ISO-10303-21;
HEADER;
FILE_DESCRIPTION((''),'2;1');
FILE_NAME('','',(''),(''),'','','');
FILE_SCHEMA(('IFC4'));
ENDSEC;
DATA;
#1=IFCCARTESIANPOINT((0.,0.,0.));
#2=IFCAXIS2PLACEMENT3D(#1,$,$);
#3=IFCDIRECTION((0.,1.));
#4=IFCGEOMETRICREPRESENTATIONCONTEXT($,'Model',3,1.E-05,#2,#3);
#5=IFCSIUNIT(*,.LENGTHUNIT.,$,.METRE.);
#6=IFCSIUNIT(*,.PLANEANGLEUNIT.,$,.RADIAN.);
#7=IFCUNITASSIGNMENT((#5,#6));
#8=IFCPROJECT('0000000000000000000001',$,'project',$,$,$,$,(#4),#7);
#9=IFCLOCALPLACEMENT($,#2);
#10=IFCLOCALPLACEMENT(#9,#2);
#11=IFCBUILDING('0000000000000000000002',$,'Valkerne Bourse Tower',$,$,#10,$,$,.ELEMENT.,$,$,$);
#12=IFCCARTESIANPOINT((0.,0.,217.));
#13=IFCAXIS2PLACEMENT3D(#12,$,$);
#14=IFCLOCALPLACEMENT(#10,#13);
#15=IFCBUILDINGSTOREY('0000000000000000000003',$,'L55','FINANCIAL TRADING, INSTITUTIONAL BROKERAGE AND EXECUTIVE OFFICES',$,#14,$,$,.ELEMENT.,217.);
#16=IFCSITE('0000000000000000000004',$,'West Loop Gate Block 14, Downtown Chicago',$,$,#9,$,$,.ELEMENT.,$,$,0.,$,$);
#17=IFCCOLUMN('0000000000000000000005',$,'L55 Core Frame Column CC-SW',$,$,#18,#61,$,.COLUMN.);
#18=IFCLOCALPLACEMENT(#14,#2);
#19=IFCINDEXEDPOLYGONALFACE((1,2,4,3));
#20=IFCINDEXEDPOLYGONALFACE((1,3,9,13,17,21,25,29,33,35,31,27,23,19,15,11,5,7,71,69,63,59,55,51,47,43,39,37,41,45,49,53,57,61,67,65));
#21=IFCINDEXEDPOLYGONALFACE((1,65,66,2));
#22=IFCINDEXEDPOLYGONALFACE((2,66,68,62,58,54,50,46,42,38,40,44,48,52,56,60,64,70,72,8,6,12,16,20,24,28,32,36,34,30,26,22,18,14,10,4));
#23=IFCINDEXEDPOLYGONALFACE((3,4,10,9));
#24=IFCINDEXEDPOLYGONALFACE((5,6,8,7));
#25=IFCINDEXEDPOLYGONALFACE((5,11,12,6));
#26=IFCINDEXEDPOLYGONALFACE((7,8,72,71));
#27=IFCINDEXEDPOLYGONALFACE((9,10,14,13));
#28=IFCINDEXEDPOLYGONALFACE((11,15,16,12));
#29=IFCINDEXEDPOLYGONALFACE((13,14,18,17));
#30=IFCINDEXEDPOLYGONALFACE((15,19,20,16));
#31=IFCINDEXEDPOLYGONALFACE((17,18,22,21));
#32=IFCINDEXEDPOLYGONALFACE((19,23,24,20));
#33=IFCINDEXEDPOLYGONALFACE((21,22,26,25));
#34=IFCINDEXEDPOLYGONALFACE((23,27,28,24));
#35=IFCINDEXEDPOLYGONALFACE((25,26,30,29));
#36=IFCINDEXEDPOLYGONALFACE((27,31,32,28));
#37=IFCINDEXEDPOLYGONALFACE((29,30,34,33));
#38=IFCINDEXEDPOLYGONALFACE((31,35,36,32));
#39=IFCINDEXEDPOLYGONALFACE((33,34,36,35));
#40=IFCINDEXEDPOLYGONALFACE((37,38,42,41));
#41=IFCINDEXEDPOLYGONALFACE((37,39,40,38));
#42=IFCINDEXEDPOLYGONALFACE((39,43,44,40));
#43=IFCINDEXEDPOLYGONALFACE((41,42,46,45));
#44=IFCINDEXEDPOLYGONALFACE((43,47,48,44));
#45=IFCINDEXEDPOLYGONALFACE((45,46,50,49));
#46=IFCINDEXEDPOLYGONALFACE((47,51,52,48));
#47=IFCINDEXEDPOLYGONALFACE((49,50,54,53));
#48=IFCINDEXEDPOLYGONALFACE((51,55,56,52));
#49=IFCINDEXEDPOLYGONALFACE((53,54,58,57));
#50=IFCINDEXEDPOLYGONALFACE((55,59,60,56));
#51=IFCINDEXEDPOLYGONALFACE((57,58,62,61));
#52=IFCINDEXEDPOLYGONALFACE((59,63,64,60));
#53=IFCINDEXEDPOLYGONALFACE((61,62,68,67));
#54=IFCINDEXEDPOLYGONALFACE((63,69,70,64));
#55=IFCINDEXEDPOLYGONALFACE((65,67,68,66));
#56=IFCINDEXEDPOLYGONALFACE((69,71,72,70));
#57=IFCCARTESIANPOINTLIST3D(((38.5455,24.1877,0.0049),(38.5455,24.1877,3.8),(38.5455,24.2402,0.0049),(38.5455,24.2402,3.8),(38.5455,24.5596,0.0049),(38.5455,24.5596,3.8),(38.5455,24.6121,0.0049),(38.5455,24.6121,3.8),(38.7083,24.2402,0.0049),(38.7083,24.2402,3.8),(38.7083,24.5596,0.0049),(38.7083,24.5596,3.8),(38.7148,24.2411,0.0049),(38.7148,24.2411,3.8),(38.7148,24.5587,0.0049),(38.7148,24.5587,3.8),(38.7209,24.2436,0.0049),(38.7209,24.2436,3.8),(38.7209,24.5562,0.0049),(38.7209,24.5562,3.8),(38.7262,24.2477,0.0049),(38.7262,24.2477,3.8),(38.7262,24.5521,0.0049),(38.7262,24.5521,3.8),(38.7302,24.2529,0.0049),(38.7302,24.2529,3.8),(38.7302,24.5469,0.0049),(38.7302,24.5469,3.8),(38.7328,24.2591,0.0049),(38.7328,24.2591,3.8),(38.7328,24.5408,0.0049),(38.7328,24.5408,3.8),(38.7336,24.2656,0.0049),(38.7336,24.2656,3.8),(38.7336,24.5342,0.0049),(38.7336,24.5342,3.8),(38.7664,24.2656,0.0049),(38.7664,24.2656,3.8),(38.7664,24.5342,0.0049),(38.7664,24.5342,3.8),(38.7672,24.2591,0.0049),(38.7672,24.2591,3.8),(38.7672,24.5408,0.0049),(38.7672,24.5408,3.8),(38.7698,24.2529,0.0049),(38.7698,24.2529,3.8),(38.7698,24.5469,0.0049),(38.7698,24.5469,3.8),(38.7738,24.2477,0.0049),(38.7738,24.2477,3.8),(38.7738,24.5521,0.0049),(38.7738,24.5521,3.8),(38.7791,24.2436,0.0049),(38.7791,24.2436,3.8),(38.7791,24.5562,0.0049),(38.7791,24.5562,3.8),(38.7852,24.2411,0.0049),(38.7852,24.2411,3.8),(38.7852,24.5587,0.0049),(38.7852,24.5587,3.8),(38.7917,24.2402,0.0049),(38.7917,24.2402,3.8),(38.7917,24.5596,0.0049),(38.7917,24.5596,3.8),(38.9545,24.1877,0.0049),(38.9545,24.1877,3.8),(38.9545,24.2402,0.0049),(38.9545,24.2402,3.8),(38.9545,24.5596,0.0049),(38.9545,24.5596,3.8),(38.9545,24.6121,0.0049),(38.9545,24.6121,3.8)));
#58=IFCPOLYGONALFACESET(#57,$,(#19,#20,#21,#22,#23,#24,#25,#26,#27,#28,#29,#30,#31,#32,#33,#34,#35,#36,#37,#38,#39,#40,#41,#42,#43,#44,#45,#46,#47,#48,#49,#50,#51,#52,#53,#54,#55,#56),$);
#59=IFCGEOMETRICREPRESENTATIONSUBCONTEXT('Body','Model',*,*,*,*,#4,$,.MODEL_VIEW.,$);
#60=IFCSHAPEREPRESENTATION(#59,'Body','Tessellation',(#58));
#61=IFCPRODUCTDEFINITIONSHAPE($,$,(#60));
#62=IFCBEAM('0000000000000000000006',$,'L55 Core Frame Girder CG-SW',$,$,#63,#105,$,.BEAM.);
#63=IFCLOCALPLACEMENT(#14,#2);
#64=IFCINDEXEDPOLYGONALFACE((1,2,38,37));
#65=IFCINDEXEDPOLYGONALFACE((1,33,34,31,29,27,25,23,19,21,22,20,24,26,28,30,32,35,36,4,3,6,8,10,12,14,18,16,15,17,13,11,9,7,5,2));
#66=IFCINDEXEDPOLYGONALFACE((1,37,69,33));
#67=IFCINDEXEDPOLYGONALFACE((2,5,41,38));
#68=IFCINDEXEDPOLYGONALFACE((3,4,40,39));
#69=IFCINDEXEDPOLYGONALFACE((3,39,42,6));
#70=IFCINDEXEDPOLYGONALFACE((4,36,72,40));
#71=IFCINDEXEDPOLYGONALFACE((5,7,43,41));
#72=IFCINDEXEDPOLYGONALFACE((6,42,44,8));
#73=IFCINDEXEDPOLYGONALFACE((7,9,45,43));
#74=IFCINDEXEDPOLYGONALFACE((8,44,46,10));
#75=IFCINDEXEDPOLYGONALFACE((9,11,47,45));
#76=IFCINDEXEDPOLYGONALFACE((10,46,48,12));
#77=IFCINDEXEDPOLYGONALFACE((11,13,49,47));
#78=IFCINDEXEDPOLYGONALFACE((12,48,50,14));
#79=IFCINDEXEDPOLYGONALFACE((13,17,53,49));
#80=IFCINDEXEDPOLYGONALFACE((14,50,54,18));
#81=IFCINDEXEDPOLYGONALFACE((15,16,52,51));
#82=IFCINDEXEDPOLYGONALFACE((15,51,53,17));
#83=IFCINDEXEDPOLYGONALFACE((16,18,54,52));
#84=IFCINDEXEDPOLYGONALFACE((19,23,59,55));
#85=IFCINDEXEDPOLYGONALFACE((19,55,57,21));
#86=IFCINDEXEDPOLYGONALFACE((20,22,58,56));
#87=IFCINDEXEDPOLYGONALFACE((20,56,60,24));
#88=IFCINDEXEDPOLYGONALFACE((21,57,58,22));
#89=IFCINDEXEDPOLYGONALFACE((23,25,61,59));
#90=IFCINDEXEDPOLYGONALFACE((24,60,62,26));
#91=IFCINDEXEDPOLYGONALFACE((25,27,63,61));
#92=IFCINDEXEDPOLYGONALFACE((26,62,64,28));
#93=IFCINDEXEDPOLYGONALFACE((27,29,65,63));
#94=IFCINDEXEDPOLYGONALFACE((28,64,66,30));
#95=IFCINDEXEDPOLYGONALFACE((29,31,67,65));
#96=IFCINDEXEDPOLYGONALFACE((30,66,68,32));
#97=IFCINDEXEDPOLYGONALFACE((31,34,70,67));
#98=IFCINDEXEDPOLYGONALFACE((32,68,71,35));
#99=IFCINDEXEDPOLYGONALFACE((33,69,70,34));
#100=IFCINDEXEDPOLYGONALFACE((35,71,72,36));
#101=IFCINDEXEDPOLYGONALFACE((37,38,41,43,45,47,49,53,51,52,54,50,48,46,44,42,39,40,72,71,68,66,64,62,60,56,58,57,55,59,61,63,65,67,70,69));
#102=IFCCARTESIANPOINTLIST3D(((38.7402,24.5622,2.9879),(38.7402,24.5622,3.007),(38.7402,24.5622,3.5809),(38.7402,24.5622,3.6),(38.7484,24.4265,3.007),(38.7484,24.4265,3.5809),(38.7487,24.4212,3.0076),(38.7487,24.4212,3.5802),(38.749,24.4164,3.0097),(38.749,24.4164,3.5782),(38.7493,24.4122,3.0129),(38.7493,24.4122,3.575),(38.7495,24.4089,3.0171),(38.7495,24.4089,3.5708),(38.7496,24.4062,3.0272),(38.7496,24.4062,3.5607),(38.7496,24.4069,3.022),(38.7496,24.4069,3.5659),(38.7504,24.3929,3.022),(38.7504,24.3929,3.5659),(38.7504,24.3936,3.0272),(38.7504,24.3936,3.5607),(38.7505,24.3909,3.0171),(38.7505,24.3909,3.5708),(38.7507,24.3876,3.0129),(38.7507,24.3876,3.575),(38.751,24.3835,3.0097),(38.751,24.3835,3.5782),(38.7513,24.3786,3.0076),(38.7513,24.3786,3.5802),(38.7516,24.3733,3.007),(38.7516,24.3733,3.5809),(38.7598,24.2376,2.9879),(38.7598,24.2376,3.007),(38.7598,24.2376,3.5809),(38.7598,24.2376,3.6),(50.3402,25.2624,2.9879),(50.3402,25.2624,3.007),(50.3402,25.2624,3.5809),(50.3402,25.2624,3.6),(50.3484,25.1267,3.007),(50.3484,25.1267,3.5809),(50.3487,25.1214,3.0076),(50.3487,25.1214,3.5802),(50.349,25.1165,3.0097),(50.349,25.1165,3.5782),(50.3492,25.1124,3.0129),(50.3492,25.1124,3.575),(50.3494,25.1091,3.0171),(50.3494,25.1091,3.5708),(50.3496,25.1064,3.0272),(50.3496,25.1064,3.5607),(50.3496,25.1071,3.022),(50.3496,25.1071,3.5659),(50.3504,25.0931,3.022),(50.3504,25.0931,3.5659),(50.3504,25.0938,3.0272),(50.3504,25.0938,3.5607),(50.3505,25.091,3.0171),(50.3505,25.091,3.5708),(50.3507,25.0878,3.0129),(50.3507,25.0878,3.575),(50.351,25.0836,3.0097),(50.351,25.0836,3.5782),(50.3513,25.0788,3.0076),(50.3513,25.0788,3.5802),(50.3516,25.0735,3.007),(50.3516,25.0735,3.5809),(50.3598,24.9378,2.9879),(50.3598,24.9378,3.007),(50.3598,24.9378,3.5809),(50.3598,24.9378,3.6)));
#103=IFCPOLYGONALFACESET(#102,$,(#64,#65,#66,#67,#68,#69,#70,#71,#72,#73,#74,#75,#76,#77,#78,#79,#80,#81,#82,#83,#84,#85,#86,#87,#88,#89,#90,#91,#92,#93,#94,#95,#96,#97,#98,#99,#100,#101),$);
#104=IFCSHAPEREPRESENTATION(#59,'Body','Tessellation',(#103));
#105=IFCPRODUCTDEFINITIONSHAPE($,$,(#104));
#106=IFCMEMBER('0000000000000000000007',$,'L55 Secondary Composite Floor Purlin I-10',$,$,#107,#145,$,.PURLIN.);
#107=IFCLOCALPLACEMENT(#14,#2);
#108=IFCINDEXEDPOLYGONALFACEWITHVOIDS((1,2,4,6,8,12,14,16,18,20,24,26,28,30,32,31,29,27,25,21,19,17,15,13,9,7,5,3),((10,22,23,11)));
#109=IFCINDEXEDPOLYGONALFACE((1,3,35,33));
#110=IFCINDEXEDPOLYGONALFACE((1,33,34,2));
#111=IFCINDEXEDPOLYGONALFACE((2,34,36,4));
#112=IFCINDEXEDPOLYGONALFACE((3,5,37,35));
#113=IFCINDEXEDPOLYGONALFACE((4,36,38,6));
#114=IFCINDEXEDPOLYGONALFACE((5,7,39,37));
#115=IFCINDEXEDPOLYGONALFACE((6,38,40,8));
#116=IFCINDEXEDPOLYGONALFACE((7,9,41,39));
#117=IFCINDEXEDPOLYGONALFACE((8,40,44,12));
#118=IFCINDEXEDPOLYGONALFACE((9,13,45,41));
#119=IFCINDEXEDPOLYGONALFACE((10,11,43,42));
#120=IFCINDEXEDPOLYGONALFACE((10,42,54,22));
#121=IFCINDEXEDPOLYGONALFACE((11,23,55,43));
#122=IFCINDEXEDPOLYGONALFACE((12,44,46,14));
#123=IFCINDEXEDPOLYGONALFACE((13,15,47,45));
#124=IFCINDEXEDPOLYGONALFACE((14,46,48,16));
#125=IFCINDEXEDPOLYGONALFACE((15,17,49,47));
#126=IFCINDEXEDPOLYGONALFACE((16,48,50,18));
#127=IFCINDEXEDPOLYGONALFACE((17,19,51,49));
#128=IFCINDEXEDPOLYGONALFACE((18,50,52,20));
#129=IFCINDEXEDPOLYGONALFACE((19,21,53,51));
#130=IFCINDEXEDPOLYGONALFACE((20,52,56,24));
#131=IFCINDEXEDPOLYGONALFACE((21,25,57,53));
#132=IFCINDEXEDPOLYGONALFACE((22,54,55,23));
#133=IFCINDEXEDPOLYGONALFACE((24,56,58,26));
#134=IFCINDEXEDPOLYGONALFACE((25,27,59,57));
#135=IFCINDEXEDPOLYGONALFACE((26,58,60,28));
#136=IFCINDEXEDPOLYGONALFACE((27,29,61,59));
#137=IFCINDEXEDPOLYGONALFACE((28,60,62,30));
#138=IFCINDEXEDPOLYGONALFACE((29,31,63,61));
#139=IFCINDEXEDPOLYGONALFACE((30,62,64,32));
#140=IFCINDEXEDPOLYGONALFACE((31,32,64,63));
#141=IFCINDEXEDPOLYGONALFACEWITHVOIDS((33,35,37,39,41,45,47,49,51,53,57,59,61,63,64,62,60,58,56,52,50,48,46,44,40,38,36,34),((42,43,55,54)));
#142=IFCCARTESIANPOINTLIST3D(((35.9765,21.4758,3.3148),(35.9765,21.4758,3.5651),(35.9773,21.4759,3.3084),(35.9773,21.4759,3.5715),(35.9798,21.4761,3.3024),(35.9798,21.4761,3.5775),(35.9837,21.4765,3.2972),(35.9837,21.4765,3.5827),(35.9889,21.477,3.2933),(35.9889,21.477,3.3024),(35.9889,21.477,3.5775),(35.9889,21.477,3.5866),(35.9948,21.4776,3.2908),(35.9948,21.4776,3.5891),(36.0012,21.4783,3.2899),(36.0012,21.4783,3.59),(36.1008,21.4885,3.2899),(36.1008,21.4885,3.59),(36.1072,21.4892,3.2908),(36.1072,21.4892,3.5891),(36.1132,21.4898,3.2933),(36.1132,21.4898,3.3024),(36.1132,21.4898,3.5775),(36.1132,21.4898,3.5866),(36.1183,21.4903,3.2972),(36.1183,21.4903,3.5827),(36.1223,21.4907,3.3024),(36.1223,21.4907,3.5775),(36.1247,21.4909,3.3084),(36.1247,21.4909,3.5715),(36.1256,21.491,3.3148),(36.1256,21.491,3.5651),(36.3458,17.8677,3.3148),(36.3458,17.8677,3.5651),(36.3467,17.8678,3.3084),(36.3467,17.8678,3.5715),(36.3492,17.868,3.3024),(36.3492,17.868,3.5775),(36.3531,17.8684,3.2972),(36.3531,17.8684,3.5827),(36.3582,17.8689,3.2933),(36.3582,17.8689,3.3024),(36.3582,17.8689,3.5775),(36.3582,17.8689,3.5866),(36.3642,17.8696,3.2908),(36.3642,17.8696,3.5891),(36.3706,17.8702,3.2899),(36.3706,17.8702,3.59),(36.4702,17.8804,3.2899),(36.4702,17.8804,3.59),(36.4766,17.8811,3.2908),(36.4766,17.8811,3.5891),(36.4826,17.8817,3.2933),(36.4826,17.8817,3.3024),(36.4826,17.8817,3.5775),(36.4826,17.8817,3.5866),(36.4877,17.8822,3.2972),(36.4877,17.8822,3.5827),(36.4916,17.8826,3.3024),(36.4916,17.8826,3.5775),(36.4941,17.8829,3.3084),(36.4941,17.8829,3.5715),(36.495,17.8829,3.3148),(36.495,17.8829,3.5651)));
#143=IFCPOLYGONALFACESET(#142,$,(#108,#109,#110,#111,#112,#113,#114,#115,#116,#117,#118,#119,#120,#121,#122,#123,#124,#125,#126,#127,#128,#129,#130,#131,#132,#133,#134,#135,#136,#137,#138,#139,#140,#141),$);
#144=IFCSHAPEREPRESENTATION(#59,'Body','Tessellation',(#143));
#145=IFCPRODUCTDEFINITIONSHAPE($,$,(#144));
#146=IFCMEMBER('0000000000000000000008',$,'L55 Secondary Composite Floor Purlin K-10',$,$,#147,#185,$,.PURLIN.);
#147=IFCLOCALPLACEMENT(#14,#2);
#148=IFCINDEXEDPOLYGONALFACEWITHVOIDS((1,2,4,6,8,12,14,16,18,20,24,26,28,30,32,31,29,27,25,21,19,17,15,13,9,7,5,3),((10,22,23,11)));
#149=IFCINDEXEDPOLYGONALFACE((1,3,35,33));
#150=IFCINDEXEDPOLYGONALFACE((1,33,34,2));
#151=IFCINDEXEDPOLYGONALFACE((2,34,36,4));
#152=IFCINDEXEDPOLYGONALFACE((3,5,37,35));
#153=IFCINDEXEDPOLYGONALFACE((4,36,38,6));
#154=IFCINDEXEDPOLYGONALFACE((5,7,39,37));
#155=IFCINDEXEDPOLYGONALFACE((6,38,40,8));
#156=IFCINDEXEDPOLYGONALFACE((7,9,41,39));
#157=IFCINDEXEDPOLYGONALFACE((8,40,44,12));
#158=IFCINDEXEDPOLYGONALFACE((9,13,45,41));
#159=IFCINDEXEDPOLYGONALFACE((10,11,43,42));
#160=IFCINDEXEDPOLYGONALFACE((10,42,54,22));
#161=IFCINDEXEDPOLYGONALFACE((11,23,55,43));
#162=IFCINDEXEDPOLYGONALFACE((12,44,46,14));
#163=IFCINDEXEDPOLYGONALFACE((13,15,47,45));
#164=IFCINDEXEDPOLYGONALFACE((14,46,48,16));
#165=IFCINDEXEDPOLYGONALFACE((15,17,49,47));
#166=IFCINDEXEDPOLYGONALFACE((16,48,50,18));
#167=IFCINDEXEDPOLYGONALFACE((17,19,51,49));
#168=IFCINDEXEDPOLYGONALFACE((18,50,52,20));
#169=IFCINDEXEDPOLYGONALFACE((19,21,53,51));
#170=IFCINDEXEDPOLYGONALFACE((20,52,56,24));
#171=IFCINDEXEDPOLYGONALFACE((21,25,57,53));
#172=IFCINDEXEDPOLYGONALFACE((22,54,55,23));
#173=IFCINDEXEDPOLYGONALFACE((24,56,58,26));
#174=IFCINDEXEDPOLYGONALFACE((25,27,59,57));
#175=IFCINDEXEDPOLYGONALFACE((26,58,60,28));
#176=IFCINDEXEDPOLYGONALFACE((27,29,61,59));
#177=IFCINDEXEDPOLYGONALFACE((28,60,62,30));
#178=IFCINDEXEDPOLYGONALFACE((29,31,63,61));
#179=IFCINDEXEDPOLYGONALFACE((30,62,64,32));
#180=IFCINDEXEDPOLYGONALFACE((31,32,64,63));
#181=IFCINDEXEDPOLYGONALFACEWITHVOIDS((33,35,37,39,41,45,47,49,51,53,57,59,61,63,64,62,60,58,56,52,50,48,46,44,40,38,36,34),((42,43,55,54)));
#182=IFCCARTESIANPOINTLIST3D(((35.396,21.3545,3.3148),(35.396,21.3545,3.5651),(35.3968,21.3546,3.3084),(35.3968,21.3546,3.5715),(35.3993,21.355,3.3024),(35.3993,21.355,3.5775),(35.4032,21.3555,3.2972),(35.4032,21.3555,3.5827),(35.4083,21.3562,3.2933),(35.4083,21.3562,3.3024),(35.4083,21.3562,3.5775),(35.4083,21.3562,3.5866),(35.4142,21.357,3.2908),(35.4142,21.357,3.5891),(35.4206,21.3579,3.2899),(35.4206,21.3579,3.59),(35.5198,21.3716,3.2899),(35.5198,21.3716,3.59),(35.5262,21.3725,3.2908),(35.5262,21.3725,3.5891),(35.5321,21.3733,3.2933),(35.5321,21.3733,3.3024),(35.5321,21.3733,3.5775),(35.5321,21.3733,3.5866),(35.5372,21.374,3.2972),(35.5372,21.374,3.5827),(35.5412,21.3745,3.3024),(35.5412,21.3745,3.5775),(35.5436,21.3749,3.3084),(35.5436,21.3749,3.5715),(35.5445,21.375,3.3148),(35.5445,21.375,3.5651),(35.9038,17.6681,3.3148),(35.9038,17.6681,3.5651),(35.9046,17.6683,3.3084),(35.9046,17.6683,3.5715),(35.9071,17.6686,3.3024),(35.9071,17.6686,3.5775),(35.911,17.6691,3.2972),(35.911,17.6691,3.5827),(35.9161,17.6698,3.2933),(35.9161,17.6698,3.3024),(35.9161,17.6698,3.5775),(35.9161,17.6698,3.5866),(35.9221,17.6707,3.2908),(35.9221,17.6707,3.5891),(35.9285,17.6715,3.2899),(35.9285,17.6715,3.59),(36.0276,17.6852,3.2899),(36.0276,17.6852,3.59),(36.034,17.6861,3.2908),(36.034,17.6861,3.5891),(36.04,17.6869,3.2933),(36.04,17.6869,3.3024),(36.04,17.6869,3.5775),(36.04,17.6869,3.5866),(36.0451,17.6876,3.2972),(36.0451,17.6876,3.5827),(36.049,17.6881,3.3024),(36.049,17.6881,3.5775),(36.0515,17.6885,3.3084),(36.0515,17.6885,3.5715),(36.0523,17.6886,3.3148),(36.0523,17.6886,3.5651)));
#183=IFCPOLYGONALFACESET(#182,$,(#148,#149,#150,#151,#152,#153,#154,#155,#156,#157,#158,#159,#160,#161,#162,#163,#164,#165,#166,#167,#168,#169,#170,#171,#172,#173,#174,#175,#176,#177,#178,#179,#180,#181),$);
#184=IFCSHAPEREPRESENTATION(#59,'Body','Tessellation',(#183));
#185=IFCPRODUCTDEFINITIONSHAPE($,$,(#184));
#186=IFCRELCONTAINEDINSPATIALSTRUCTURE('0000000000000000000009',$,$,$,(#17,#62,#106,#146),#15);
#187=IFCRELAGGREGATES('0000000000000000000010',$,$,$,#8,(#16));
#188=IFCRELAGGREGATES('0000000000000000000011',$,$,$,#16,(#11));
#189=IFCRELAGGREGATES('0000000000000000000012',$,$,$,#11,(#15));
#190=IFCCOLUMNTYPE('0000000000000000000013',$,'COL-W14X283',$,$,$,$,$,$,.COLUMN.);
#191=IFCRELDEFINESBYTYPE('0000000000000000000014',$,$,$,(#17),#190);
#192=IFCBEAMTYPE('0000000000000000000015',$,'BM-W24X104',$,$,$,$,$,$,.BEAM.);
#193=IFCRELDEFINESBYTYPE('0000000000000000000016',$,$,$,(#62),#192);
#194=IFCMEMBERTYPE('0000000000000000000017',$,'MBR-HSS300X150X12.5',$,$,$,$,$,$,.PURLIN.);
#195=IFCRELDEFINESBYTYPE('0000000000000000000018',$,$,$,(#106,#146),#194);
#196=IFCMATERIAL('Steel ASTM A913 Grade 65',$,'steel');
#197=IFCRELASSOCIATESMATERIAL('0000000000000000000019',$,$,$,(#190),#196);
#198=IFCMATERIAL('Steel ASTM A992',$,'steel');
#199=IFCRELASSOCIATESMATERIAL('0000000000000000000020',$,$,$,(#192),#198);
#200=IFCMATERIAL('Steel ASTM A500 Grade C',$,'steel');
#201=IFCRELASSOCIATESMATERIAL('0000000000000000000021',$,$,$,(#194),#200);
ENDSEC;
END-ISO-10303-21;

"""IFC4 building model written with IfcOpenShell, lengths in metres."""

from ifc_helpers import new_model, si_unit, direction, frame, origin, origin_2d, place, context, subcontext, project, spatial, hollow_rectangle, i_section, extrude, material, material_profile, profile_set, type_object, element, save


model = new_model("IFC4")

# Units and contexts
model_context = context("Model", 3, precision=1e-05, world=origin(), true_north=direction((0.0, 1.0)))
body_context = subcontext(model_context, "Body", "Model", "MODEL_VIEW")
ifc_project = project(units=[si_unit("LENGTHUNIT", "METRE"), si_unit("PLANEANGLEUNIT", "RADIAN")], contexts=[model_context])

# Site, building, storey
site_placement = place(None, origin())
site = spatial("IfcSite", under=ifc_project, at=site_placement, Name="West Loop Gate Block 14, Downtown Chicago", CompositionType="ELEMENT", RefElevation=0.0)
building_placement = place(site_placement, origin())
building = spatial("IfcBuilding", under=site, at=building_placement, Name="Valkerne Bourse Tower", CompositionType="ELEMENT")
storey_placement = place(building_placement, frame((0.0, 0.0, 217.0)))
storey = spatial("IfcBuildingStorey", under=building, at=storey_placement, Name="L55", Description="FINANCIAL TRADING, INSTITUTIONAL BROKERAGE AND EXECUTIVE OFFICES", CompositionType="ELEMENT", Elevation=217.0)

# Column
ifc_material_1 = material(Name="Steel ASTM A913 Grade 65", Category="steel")
ifc_material_profile_1 = material_profile(ifc_material_1, i_section(OverallWidth=0.4089, OverallDepth=0.4243, WebThickness=0.0327, FlangeThickness=0.0525, FilletRadius=0.0254, at=origin_2d()), Name="W14X283")
ifc_profile_set_1 = profile_set([ifc_material_profile_1], Name="Steel ASTM A913 Grade 65")
column_type = type_object("IfcColumnType", Name="COL-W14X283", PredefinedType="COLUMN", material=ifc_profile_set_1)
column_placement = place(storey_placement, frame((38.75, 24.3999, 0.0049), z_axis=(0.0, 0.0, 1.0), x_axis=(1.0, 0.0, 0.0)))
element("IfcColumn", 1, at=column_placement, inside=storey, type_object=column_type, Name="L55 Core Frame Column CC-SW", PredefinedType="COLUMN", context=body_context, shape_type="SweptSolid", body=[
    extrude(i_section(OverallWidth=0.4089, OverallDepth=0.4243, WebThickness=0.0327, FlangeThickness=0.0525, FilletRadius=0.0254, at=origin_2d()), origin(), (0.0, 0.0, 1.0), 3.7952),
])

# Beam
ifc_material_2 = material(Name="Steel ASTM A992", Category="steel")
ifc_material_profile_2 = material_profile(ifc_material_2, i_section(OverallWidth=0.3252, OverallDepth=0.6121, WebThickness=0.0127, FlangeThickness=0.019, FilletRadius=0.0203, at=origin_2d()), Name="W24X104")
ifc_profile_set_2 = profile_set([ifc_material_profile_2], Name="Steel ASTM A992")
beam_type = type_object("IfcBeamType", Name="BM-W24X104", PredefinedType="BEAM", material=ifc_profile_set_2)
beam_placement = place(storey_placement, frame((38.75, 24.3999, 3.2939), z_axis=(0.998183, 0.060251, 0.0), x_axis=(-0.060251, 0.998183, 0.0)))
element("IfcBeam", 2, at=beam_placement, inside=storey, type_object=beam_type, Name="L55 Core Frame Girder CG-SW", PredefinedType="BEAM", context=body_context, shape_type="SweptSolid", body=[
    extrude(i_section(OverallWidth=0.3252, OverallDepth=0.6121, WebThickness=0.0127, FlangeThickness=0.019, FilletRadius=0.0203, at=origin_2d()), origin(), (0.0, 0.0, 1.0), 11.6211),
])

# Members
ifc_material_3 = material(Name="Steel ASTM A500 Grade C", Category="steel")
ifc_material_profile_3 = material_profile(ifc_material_3, hollow_rectangle(XDim=0.1499, YDim=0.3, WallThickness=0.0125, OuterFilletRadius=0.0249, at=origin_2d()), Name="HSS300X150X12.5")
ifc_profile_set_3 = profile_set([ifc_material_profile_3], Name="Steel ASTM A500 Grade C")
member_type = type_object("IfcMemberType", Name="MBR-HSS300X150X12.5", PredefinedType="PURLIN", material=ifc_profile_set_3)
member_1_placement = place(storey_placement, frame((36.051, 21.4834, 3.4399), z_axis=(0.101843, -0.994801, 0.0), x_axis=(0.994801, 0.101843, 0.0)))
element("IfcMember", 3, at=member_1_placement, inside=storey, type_object=member_type, Name="L55 Secondary Composite Floor Purlin I-10", PredefinedType="PURLIN", context=body_context, shape_type="SweptSolid", body=[
    extrude(hollow_rectangle(XDim=0.1499, YDim=0.3, WallThickness=0.0125, OuterFilletRadius=0.0249, at=origin_2d()), origin(), (0.0, 0.0, 1.0), 3.627),
])
member_2_placement = place(storey_placement, frame((35.4702, 21.3647, 3.4399), z_axis=(0.136469, -0.990644, 0.0), x_axis=(0.990644, 0.136469, 0.0)))
element("IfcMember", 4, at=member_2_placement, inside=storey, type_object=member_type, Name="L55 Secondary Composite Floor Purlin K-10", PredefinedType="PURLIN", context=body_context, shape_type="SweptSolid", body=[
    extrude(hollow_rectangle(XDim=0.1499, YDim=0.3, WallThickness=0.0125, OuterFilletRadius=0.0249, at=origin_2d()), origin(), (0.0, 0.0, 1.0), 3.7212),
])

save(model, "model.ifc")
